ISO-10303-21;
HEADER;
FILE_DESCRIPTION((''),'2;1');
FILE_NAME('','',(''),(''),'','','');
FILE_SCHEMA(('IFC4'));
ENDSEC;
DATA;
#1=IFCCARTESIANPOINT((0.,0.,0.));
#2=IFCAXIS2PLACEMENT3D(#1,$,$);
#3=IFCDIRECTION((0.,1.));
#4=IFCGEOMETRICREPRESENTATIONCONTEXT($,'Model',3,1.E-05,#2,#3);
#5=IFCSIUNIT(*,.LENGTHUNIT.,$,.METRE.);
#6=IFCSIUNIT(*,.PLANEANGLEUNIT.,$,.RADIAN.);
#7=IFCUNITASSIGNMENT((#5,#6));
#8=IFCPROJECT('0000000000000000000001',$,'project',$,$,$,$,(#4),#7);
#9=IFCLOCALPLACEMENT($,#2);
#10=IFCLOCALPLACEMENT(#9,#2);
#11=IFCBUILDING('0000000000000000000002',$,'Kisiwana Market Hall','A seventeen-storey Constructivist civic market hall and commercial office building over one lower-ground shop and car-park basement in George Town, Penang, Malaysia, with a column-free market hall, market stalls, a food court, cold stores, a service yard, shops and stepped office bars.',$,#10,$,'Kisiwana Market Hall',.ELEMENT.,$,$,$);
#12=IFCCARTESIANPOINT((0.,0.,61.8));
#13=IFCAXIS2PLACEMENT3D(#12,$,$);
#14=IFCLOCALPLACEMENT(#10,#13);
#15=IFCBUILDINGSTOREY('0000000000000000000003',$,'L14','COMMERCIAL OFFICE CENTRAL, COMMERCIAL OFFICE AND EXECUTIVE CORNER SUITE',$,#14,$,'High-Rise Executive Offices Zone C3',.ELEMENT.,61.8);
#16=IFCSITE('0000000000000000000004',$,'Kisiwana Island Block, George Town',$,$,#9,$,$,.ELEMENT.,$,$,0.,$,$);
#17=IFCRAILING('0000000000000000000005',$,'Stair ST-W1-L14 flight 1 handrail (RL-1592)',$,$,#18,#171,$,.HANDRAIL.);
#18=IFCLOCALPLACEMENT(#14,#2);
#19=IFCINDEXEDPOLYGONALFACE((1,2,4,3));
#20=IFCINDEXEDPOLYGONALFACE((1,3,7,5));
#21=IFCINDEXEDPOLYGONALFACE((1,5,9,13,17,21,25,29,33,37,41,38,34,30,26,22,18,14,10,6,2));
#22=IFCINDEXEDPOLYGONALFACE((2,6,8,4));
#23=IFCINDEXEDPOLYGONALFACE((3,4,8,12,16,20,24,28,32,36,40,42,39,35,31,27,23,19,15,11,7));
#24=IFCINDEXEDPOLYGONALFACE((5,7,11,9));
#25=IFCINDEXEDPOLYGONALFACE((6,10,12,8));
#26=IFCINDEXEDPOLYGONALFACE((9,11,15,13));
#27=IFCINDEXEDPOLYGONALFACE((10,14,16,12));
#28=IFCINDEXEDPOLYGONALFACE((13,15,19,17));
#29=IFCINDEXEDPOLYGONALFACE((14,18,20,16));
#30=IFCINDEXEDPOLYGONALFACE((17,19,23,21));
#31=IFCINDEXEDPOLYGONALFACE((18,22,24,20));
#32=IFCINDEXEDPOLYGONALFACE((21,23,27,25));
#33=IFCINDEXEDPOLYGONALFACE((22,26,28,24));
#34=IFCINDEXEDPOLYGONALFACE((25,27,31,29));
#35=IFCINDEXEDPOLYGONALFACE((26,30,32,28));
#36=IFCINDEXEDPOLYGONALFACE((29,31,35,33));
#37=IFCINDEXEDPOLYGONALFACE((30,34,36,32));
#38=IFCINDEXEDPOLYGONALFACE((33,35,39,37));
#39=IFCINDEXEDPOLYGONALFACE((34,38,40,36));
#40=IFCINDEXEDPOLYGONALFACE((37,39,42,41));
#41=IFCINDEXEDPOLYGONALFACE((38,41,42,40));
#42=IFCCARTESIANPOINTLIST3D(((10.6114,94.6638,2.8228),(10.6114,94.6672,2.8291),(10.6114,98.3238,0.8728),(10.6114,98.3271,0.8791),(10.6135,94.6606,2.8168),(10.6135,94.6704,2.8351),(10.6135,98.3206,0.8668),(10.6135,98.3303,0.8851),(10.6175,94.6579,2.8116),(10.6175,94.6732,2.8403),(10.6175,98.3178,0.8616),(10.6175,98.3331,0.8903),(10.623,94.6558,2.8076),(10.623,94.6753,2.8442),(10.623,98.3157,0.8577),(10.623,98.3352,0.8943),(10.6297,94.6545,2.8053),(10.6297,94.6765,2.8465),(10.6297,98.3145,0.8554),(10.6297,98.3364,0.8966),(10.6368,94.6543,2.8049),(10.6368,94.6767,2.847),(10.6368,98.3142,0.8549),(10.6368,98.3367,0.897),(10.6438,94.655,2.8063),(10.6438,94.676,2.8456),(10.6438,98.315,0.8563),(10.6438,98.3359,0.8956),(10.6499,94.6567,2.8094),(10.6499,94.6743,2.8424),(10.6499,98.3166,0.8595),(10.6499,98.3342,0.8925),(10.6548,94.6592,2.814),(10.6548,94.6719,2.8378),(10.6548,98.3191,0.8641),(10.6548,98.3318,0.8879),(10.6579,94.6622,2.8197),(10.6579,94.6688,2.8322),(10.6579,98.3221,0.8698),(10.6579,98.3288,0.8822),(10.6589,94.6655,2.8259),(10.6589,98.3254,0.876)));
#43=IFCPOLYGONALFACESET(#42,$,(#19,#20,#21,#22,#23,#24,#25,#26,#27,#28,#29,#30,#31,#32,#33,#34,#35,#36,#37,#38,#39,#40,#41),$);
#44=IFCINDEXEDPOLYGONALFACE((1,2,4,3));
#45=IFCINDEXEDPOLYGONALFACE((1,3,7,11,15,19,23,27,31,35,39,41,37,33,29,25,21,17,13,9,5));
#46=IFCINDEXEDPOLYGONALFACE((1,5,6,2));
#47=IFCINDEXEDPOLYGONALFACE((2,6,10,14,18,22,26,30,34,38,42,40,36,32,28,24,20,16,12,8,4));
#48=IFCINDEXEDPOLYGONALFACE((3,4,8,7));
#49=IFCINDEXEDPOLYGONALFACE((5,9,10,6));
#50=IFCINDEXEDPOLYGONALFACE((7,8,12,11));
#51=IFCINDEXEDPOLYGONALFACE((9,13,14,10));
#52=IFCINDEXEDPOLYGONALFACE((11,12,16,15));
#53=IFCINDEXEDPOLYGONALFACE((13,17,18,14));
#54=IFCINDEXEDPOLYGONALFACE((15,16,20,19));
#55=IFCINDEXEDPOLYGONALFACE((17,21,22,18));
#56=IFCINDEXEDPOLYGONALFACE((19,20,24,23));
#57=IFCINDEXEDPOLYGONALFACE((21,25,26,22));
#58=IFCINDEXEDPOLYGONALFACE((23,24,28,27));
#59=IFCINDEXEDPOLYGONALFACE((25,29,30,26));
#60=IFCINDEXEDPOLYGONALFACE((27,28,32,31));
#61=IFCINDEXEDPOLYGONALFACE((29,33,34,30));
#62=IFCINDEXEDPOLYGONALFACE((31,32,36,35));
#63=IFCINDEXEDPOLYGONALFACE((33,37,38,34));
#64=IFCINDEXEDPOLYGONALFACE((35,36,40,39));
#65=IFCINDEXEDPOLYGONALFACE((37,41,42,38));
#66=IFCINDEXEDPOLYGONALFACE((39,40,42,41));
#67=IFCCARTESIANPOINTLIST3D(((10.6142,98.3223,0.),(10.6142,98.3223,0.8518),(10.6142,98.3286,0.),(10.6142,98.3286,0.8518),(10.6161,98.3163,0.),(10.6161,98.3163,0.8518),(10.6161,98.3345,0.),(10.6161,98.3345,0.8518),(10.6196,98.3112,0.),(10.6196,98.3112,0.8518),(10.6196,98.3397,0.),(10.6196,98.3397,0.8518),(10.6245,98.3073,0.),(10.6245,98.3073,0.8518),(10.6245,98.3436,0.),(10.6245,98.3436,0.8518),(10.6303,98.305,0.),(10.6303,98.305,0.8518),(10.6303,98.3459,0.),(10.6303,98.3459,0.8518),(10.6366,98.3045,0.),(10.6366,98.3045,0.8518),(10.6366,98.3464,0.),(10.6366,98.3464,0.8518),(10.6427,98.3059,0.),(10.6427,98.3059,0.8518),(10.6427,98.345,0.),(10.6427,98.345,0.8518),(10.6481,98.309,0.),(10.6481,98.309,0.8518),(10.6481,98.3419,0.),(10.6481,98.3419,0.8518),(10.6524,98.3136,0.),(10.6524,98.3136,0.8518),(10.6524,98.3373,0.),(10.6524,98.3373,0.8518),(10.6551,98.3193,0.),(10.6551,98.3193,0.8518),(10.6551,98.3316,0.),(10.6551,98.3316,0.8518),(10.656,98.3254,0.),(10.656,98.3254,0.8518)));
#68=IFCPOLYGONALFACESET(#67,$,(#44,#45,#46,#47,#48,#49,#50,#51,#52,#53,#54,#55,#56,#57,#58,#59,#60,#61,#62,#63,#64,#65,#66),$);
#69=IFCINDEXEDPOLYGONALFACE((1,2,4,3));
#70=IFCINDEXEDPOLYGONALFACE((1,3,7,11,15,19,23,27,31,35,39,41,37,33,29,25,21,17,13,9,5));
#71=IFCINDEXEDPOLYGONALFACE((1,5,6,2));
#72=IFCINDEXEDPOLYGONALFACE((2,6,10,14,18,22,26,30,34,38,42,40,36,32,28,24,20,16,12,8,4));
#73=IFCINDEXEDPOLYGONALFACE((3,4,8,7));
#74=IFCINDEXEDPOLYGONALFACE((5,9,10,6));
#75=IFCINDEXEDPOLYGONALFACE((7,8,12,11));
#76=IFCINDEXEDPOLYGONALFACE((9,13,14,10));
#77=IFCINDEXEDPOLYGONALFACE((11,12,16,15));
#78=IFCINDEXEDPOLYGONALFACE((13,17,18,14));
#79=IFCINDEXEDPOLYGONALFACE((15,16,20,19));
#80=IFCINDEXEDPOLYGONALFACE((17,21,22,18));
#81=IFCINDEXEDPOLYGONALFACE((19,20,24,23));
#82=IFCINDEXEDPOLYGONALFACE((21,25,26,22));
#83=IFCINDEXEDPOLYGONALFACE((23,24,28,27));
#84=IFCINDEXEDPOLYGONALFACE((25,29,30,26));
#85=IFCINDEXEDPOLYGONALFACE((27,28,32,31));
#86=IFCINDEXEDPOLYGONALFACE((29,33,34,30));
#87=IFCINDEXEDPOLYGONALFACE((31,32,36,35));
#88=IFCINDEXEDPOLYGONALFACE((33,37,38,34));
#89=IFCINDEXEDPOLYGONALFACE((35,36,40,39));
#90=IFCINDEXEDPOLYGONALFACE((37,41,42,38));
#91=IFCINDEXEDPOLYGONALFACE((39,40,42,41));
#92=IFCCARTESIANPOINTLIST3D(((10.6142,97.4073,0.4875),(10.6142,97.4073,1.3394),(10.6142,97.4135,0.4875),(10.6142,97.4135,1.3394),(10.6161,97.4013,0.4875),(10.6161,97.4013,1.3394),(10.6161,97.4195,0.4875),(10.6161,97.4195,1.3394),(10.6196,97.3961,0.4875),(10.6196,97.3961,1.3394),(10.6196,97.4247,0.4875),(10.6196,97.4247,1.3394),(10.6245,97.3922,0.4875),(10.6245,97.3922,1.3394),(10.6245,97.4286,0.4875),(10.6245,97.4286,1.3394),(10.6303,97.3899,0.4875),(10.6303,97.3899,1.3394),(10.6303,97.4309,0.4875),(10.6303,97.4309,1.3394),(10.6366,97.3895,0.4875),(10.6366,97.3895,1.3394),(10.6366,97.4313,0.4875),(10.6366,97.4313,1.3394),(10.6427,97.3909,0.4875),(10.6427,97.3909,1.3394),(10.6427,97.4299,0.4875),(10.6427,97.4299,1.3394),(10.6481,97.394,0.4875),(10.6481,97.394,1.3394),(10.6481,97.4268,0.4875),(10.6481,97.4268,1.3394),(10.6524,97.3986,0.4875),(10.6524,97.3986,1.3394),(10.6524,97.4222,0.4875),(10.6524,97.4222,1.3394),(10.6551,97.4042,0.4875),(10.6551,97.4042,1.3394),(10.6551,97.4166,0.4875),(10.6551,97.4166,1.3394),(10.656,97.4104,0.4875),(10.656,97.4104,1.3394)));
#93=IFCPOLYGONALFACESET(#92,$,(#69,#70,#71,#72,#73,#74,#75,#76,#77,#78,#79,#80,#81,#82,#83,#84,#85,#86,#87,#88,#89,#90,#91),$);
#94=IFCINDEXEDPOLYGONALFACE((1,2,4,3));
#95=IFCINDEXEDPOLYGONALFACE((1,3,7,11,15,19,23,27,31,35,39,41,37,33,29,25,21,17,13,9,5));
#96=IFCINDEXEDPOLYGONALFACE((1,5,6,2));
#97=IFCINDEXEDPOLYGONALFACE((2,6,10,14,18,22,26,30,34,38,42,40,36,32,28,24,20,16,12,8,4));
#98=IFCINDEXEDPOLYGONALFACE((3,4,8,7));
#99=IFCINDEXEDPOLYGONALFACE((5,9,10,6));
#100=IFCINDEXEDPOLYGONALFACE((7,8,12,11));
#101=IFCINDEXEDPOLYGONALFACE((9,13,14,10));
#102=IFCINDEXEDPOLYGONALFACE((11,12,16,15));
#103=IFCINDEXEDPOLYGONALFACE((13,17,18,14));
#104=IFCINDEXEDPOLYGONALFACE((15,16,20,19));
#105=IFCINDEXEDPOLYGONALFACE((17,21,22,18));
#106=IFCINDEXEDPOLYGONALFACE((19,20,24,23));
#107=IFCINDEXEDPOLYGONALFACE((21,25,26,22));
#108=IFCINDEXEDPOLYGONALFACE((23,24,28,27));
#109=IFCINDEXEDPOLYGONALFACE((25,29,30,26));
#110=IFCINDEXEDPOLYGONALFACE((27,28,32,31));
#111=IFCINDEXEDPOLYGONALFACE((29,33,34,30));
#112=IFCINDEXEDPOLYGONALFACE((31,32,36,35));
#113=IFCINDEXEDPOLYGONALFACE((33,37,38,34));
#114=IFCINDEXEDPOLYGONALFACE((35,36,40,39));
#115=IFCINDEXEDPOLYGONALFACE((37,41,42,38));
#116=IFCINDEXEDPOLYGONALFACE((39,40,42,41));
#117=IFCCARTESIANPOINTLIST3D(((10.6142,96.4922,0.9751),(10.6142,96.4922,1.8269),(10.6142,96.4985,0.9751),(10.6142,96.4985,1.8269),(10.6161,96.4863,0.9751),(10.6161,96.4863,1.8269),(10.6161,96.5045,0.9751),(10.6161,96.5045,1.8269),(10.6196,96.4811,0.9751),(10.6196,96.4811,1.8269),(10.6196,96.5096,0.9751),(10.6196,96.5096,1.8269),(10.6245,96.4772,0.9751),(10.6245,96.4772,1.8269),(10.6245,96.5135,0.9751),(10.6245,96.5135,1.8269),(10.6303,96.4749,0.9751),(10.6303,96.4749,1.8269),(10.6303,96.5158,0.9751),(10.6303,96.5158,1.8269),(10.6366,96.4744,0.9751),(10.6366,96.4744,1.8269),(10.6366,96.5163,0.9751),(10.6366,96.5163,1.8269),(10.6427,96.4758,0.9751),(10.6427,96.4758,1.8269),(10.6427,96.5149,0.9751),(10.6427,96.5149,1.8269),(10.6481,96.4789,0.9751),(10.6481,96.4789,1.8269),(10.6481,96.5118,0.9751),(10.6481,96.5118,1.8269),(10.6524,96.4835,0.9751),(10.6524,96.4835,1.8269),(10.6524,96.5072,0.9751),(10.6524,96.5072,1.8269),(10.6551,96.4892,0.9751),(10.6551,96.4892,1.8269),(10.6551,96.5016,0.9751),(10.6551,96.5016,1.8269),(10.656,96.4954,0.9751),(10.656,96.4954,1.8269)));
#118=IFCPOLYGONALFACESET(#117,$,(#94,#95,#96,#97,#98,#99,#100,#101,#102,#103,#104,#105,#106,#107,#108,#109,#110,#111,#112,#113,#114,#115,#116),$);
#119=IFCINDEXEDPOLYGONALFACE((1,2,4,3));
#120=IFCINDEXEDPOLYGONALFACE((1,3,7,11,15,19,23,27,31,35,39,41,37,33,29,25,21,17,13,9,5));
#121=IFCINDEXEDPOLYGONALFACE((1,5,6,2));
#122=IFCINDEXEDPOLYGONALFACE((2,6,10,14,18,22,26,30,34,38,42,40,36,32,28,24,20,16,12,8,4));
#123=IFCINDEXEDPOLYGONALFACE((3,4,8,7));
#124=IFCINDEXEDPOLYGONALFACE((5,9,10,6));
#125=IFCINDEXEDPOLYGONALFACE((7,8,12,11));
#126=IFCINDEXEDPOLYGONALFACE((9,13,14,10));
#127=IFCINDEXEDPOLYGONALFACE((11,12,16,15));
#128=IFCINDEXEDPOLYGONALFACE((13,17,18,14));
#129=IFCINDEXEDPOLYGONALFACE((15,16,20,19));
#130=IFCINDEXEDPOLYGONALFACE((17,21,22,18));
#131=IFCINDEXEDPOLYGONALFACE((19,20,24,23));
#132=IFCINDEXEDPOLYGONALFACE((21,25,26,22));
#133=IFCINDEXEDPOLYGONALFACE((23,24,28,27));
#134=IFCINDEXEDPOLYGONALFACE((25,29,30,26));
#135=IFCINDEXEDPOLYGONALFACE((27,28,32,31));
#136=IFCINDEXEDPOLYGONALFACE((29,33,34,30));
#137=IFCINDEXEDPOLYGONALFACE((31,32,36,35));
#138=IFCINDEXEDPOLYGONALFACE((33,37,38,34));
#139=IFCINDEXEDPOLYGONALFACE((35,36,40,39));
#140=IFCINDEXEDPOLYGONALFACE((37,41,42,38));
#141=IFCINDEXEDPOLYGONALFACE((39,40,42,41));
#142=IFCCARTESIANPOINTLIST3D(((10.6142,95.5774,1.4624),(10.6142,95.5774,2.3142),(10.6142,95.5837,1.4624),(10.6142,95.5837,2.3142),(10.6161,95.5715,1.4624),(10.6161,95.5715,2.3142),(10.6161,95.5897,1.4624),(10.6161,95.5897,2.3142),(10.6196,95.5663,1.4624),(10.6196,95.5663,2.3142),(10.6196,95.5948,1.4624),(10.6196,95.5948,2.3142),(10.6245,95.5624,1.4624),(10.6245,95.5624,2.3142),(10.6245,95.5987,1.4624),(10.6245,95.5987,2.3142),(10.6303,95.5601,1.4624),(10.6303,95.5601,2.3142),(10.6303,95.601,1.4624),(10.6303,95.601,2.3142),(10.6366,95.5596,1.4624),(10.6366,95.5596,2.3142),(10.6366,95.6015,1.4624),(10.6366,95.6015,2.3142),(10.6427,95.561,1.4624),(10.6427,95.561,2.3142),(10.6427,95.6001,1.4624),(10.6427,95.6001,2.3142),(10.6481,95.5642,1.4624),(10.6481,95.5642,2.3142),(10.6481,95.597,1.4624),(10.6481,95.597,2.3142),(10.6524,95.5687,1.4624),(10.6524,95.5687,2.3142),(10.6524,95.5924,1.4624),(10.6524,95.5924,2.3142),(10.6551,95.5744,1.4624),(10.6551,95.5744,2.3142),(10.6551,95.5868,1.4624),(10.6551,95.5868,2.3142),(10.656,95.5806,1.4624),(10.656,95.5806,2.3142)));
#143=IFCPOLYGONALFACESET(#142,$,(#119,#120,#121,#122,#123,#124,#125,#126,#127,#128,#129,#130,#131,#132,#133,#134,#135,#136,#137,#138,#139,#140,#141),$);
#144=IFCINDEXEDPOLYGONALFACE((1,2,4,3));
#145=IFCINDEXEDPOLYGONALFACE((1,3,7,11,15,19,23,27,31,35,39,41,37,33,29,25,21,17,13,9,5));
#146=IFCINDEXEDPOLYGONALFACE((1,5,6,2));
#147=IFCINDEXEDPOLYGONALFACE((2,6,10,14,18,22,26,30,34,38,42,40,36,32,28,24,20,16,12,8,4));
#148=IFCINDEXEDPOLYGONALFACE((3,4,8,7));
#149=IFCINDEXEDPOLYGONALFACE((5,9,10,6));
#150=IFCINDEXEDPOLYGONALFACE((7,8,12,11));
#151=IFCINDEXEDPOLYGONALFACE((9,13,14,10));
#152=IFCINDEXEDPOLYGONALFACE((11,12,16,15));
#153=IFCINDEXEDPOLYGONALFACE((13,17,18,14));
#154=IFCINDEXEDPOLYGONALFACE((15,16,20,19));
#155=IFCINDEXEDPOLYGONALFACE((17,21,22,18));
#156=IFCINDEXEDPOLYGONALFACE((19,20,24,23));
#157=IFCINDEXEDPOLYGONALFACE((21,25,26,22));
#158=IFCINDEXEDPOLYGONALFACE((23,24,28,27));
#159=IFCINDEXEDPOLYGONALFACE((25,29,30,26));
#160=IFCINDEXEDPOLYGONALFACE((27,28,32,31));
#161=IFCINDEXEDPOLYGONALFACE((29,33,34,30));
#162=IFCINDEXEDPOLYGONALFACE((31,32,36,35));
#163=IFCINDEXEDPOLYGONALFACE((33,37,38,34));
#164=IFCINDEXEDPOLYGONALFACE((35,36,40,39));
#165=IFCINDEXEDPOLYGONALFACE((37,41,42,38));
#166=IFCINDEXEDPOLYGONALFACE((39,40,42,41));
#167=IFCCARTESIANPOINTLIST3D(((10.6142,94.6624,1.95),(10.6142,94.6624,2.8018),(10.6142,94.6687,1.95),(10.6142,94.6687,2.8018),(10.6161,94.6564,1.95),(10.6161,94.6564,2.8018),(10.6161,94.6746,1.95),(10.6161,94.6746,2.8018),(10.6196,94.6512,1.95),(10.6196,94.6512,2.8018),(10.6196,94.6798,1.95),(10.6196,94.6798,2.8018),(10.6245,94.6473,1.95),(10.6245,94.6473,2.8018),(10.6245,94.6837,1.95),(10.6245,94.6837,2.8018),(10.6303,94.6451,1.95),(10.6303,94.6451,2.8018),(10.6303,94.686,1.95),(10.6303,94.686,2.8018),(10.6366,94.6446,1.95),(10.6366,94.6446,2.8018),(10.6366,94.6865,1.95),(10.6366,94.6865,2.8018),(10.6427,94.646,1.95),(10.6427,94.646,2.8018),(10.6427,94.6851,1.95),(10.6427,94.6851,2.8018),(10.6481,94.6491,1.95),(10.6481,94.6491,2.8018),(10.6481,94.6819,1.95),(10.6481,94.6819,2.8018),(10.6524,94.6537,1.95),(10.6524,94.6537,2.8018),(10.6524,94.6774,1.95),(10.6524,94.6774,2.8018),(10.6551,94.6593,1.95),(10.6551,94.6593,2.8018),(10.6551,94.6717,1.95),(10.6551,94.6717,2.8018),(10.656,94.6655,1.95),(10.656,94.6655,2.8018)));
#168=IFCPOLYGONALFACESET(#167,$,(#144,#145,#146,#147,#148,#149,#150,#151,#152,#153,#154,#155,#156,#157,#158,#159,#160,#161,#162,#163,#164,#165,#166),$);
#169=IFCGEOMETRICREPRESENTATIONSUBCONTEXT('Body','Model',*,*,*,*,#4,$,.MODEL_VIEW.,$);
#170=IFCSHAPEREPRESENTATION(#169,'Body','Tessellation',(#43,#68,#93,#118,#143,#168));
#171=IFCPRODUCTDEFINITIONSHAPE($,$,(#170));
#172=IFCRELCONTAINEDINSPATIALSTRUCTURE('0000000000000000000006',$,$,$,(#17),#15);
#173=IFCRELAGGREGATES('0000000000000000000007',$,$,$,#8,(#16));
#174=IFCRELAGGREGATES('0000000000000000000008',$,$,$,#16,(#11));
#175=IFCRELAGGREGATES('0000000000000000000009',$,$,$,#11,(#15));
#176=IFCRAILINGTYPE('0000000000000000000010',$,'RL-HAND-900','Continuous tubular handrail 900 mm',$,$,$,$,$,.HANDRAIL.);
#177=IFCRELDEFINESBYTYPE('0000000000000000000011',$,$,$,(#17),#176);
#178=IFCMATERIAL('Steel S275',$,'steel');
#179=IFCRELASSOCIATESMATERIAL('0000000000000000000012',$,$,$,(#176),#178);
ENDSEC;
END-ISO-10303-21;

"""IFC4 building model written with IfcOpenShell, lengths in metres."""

from ifc_helpers import new_model, si_unit, direction, frame, origin, origin_2d, place, context, subcontext, project, spatial, circle, extrude, material, type_object, element, save


model = new_model("IFC4")

# Units and contexts
model_context = context("Model", 3, precision=1e-05, world=origin(), true_north=direction((0.0, 1.0)))
body_context = subcontext(model_context, "Body", "Model", "MODEL_VIEW")
ifc_project = project(units=[si_unit("LENGTHUNIT", "METRE"), si_unit("PLANEANGLEUNIT", "RADIAN")], contexts=[model_context])

# Site, building, storey
site_placement = place(None, origin())
site = spatial("IfcSite", under=ifc_project, at=site_placement, Name="Kisiwana Island Block, George Town", CompositionType="ELEMENT", RefElevation=0.0)
building_placement = place(site_placement, origin())
building = spatial("IfcBuilding", under=site, at=building_placement, Name="Kisiwana Market Hall", Description="A seventeen-storey Constructivist civic market hall and commercial office building over one lower-ground shop and car-park basement in George Town, Penang, Malaysia, with a column-free market hall, market stalls, a food court, cold stores, a service yard, shops and stepped office bars.", LongName="Kisiwana Market Hall", CompositionType="ELEMENT")
storey_placement = place(building_placement, frame((0.0, 0.0, 61.8)))
storey = spatial("IfcBuildingStorey", under=building, at=storey_placement, Name="L14", Description="COMMERCIAL OFFICE CENTRAL, COMMERCIAL OFFICE AND EXECUTIVE CORNER SUITE", LongName="High-Rise Executive Offices Zone C3", CompositionType="ELEMENT", Elevation=61.8)

# Railing
ifc_material_1 = material(Name="Steel S275", Category="steel")
railing_type_1 = type_object("IfcRailingType", Name="RL-HAND-900", Description="Continuous tubular handrail 900 mm", PredefinedType="HANDRAIL", material=ifc_material_1)
railing_1_placement = place(storey_placement, frame((10.635, 98.3254, 0.0)))
element("IfcRailing", 1, at=railing_1_placement, inside=storey, type_object=railing_type_1, Name="Stair ST-W1-L14 flight 1 handrail (RL-1592)", PredefinedType="HANDRAIL", context=body_context, shape_type="SweptSolid", body=[
    extrude(circle(Radius=0.0239, at=origin_2d()), frame((0.0, 0.0, 0.876), z_axis=(0.0, -0.882553, 0.470212), x_axis=(1.0, 0.0, 0.0)), (0.0, 0.0, 1.0), 4.147),
    extrude(circle(Radius=0.021, at=origin_2d()), origin(), (0.0, 0.0, 1.0), 0.8518),
    extrude(circle(Radius=0.021, at=origin_2d()), frame((0.0, -0.915, 0.4875)), (0.0, 0.0, 1.0), 0.8518),
    extrude(circle(Radius=0.021, at=origin_2d()), frame((0.0, -1.8301, 0.9751)), (0.0, 0.0, 1.0), 0.8518),
    extrude(circle(Radius=0.021, at=origin_2d()), frame((0.0, -2.7449, 1.4624)), (0.0, 0.0, 1.0), 0.8518),
    extrude(circle(Radius=0.021, at=origin_2d()), frame((0.0, -3.6599, 1.95)), (0.0, 0.0, 1.0), 0.8518),
])

save(model, "model.ifc")
